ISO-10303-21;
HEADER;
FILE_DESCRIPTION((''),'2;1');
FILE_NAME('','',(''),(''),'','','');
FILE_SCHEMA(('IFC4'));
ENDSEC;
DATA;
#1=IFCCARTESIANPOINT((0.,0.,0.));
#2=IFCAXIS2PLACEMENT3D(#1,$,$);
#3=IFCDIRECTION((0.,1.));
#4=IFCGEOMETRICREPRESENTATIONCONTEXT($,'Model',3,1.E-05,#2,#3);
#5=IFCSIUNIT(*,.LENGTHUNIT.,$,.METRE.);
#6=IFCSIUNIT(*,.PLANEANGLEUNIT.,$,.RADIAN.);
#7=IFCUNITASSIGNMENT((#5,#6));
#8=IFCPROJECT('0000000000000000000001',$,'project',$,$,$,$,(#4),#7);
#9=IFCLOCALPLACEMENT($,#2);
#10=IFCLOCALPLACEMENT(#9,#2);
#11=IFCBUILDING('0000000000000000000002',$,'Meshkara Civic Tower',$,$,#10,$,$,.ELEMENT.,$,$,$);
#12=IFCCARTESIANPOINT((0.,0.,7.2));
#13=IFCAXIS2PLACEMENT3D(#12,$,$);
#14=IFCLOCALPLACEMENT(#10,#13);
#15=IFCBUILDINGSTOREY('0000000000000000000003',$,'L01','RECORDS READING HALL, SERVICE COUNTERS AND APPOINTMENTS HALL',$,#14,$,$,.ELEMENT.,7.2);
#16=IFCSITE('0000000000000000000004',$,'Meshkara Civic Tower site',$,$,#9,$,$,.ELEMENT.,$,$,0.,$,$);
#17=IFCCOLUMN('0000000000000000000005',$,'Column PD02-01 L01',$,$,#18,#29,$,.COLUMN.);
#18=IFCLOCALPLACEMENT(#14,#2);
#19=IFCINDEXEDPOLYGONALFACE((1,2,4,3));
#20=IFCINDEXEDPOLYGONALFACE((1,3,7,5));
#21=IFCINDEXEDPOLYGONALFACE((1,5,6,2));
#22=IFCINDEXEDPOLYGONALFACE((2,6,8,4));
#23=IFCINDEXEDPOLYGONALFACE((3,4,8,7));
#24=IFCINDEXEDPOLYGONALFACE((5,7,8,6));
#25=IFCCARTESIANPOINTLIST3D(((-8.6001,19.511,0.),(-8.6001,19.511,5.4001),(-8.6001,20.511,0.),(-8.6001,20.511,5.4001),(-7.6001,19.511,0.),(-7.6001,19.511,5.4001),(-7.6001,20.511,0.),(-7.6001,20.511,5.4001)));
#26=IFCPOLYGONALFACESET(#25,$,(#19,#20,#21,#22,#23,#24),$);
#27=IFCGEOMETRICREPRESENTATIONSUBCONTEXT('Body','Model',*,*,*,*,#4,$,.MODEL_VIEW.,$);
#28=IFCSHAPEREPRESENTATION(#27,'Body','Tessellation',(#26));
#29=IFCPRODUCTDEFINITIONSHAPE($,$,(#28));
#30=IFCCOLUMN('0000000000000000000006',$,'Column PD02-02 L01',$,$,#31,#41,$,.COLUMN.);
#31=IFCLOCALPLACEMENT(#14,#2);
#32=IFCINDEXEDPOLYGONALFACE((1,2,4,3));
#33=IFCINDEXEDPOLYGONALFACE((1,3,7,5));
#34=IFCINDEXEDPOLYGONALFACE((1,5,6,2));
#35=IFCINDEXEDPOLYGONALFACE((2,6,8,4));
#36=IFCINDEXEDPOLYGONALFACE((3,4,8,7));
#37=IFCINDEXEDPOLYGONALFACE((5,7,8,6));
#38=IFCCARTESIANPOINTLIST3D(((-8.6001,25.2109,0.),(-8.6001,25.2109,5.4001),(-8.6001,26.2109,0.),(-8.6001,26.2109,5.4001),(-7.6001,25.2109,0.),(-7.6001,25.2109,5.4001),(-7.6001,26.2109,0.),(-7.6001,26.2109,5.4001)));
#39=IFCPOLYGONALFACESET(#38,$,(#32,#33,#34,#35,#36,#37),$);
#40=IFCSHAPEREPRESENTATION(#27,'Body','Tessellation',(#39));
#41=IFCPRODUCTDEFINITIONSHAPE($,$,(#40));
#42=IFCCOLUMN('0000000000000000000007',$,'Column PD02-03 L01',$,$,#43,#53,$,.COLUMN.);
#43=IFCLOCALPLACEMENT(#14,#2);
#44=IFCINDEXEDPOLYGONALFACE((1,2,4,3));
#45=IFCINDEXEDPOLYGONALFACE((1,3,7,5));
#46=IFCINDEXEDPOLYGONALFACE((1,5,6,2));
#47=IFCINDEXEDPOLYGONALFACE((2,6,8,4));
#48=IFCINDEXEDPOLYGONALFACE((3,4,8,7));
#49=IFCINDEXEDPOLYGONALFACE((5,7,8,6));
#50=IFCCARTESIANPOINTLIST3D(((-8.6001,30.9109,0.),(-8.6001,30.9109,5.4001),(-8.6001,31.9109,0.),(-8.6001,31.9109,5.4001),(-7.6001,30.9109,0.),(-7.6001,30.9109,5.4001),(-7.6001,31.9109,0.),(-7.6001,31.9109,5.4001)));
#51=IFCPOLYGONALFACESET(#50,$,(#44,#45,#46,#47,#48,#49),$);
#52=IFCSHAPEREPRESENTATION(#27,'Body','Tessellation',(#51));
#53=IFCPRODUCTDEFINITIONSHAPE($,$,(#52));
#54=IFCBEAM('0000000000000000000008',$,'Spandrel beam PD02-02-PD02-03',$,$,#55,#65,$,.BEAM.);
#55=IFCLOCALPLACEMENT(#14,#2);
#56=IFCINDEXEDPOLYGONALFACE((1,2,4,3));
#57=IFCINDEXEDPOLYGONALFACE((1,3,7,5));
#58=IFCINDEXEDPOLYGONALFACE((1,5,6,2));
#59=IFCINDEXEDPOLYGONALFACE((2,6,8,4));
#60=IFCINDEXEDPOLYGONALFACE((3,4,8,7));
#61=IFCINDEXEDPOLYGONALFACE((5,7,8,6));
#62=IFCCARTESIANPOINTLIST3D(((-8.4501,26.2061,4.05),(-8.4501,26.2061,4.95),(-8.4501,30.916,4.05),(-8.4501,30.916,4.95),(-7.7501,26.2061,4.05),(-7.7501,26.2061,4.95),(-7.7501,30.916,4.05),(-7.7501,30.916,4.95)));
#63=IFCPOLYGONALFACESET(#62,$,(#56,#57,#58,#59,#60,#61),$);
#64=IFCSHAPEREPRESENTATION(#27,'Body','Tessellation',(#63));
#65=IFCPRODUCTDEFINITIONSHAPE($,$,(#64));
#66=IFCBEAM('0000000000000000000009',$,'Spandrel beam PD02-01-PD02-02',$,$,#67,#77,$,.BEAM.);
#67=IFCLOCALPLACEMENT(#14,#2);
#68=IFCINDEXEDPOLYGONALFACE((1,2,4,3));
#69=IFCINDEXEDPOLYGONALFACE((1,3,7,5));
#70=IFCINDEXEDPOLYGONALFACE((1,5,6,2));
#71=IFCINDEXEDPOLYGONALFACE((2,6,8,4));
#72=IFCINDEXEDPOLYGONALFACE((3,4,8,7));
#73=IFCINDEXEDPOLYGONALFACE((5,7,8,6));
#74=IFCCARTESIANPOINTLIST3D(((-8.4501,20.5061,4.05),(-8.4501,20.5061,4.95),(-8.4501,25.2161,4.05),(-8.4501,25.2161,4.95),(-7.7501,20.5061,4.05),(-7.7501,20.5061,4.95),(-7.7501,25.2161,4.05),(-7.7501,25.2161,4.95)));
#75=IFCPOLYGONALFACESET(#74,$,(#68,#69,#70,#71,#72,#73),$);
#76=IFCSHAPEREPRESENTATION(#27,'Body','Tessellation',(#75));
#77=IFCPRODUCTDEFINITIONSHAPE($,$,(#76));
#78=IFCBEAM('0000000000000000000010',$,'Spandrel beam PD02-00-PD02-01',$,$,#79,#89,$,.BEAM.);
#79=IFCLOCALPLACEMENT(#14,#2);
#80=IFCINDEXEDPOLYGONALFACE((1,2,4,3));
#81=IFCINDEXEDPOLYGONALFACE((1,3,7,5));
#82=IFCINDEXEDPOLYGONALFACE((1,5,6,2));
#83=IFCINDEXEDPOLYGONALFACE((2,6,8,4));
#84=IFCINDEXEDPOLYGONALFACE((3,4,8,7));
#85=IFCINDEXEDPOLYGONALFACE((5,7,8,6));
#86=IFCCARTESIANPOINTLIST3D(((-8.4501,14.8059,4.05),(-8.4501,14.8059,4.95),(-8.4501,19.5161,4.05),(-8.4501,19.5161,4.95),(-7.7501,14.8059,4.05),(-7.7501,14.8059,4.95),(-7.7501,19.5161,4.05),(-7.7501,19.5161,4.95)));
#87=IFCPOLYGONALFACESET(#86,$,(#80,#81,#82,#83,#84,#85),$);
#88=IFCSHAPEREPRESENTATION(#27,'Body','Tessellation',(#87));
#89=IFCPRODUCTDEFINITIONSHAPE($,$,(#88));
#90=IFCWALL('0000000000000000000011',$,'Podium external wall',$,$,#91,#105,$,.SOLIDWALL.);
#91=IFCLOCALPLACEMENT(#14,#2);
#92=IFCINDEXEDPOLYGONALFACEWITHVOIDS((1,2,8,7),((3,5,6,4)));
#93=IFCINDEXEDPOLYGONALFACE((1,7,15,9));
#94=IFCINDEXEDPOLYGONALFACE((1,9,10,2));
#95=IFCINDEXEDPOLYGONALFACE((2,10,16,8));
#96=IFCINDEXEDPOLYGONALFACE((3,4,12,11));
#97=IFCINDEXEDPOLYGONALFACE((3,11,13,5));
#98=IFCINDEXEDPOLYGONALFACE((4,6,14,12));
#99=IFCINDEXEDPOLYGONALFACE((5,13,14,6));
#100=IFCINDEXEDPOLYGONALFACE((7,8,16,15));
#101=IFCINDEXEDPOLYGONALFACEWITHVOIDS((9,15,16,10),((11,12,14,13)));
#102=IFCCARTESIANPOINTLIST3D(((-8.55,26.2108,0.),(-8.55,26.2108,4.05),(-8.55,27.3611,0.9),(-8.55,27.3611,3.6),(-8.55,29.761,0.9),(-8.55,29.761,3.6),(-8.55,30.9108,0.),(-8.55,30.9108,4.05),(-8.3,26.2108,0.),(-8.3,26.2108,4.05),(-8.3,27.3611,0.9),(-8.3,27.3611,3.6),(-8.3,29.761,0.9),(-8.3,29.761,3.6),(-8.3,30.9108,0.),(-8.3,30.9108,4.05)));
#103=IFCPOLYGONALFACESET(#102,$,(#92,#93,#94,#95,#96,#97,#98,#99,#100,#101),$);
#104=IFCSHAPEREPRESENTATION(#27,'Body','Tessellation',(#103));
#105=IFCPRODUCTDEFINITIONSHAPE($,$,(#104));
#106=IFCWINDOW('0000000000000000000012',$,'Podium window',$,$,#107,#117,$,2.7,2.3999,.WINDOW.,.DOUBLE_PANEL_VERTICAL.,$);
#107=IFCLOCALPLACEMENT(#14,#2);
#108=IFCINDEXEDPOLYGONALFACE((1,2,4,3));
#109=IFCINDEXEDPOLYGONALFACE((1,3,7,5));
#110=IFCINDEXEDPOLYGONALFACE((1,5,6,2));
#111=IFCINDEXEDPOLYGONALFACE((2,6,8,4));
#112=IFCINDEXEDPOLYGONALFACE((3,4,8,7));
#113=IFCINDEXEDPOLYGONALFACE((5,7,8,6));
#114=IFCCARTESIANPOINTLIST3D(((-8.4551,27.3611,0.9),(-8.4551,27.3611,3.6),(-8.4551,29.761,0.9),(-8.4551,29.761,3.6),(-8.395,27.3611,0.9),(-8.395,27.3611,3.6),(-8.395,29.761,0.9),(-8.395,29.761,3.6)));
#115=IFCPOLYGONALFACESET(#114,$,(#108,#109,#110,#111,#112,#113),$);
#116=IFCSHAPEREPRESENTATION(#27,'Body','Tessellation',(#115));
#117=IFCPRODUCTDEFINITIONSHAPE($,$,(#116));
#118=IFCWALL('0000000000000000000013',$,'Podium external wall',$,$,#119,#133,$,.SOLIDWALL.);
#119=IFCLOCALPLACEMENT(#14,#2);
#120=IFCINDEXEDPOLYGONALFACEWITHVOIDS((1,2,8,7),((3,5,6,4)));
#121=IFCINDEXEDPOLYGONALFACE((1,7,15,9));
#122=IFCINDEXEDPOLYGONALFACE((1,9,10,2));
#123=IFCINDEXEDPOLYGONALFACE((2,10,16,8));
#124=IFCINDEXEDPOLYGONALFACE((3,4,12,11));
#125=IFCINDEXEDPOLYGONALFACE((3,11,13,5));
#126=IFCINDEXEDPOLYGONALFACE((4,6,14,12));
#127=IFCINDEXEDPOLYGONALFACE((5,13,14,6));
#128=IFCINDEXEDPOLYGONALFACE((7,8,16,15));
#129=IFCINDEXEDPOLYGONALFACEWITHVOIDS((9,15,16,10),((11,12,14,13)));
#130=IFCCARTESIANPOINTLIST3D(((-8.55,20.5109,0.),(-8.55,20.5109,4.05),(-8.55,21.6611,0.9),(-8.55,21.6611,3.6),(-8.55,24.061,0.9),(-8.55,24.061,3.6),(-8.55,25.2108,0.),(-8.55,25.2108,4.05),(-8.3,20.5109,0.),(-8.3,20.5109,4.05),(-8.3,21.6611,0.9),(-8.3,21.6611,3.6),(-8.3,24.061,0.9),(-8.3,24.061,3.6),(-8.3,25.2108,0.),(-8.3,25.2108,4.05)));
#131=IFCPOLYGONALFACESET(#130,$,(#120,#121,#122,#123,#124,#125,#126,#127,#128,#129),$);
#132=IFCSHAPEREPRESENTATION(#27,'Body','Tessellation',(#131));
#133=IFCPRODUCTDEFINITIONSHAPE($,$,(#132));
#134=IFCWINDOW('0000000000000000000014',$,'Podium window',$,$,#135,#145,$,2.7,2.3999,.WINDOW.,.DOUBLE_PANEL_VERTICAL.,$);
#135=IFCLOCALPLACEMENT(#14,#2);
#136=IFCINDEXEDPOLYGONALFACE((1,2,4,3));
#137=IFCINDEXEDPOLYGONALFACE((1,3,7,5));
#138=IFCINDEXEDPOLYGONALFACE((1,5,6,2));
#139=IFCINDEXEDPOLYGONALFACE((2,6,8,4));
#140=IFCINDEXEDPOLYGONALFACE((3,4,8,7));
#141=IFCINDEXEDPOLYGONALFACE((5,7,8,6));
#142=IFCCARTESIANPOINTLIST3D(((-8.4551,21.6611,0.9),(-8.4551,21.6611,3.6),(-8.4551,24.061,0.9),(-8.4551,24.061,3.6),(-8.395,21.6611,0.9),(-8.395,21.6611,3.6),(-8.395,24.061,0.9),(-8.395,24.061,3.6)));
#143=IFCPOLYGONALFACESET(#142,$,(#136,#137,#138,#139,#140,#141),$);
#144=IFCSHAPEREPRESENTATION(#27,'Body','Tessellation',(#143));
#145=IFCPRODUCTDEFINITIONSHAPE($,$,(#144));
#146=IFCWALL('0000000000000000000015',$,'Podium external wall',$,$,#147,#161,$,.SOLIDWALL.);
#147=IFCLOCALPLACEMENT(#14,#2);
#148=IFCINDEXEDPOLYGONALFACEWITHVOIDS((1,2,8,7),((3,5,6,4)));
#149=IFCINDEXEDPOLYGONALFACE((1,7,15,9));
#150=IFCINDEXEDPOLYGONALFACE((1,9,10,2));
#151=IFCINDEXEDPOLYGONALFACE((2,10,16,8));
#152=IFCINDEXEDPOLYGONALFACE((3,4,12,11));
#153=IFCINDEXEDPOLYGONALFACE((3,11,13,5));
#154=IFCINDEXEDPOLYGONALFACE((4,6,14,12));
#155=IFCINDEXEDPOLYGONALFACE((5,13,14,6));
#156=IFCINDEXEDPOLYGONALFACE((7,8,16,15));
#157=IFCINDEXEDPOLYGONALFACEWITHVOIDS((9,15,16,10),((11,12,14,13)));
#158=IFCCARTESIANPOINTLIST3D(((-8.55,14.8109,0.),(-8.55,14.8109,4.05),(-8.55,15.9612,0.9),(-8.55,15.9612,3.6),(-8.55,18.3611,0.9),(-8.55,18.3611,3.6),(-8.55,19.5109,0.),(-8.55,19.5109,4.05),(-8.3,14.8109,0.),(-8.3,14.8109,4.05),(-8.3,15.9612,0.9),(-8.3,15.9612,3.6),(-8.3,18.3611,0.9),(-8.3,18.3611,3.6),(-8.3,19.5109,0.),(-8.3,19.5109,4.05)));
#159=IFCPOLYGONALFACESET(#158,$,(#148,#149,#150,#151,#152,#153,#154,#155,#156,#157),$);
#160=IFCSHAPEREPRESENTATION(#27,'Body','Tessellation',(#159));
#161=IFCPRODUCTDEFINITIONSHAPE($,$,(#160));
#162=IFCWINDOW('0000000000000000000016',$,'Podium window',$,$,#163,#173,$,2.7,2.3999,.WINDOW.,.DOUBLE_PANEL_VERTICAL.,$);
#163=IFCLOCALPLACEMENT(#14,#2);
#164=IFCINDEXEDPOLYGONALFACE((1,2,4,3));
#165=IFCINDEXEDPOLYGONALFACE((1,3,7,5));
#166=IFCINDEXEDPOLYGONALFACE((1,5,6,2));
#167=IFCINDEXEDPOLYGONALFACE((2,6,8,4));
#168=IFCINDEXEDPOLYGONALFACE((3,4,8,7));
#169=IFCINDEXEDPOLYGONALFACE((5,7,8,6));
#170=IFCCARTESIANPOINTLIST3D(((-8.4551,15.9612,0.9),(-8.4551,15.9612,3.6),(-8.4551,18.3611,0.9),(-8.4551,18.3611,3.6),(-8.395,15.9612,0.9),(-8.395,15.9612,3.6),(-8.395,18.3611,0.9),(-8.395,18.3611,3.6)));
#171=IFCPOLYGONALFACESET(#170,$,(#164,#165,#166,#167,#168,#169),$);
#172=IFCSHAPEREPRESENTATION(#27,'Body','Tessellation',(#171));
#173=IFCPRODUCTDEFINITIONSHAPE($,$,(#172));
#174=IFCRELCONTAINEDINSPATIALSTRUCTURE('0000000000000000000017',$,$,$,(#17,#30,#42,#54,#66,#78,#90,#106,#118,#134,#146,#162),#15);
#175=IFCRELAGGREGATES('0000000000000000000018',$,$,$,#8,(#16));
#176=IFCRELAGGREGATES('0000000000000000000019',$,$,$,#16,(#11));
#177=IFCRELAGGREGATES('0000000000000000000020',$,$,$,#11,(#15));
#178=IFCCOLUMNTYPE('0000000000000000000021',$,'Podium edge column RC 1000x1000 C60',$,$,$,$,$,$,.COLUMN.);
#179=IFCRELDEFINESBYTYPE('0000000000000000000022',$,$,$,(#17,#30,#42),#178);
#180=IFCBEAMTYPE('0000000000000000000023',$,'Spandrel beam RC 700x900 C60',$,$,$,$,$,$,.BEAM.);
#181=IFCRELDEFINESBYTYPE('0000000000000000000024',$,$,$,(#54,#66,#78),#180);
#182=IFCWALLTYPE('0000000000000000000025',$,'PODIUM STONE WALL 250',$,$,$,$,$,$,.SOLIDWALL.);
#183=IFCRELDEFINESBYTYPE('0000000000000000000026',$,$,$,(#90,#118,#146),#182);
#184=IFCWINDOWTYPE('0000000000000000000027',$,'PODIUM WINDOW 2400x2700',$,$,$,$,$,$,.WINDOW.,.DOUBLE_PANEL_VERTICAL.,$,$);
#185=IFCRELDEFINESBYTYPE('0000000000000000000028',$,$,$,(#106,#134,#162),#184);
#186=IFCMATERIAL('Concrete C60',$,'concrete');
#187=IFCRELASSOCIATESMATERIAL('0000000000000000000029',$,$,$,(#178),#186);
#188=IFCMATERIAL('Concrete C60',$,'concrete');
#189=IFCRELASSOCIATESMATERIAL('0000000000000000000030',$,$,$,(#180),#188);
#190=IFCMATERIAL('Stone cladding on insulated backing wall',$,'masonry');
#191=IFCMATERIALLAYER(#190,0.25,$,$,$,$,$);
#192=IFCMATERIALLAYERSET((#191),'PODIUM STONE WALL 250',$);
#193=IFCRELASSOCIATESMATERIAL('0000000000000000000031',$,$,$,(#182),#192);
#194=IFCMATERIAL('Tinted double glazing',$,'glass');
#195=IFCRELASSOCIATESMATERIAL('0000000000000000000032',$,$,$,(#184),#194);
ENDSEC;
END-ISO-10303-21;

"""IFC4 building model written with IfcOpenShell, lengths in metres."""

from ifc_helpers import new_model, si_unit, direction, frame, frame_2d, origin, origin_2d, place, context, subcontext, project, spatial, rectangle, extrude, material, layer, layer_set, material_profile, profile_set, type_object, element, fill, save


model = new_model("IFC4")

# Units and contexts
model_context = context("Model", 3, precision=1e-05, world=origin(), true_north=direction((0.0, 1.0)))
body_context = subcontext(model_context, "Body", "Model", "MODEL_VIEW")
ifc_project = project(units=[si_unit("LENGTHUNIT", "METRE"), si_unit("PLANEANGLEUNIT", "RADIAN")], contexts=[model_context])

# Site, building, storey
site_placement = place(None, origin())
site = spatial("IfcSite", under=ifc_project, at=site_placement, Name="Meshkara Civic Tower site", CompositionType="ELEMENT", RefElevation=0.0)
building_placement = place(site_placement, origin())
building = spatial("IfcBuilding", under=site, at=building_placement, Name="Meshkara Civic Tower", CompositionType="ELEMENT")
storey_placement = place(building_placement, frame((0.0, 0.0, 7.2)))
storey = spatial("IfcBuildingStorey", under=building, at=storey_placement, Name="L01", Description="RECORDS READING HALL, SERVICE COUNTERS AND APPOINTMENTS HALL", CompositionType="ELEMENT", Elevation=7.2)

# Columns
ifc_material_1 = material(Name="Concrete C60", Category="concrete")
ifc_material_profile_1 = material_profile(ifc_material_1, rectangle(XDim=1.0, YDim=1.0, at=origin_2d()))
ifc_profile_set_1 = profile_set([ifc_material_profile_1], Name="Concrete C60")
column_type = type_object("IfcColumnType", Name="Podium edge column RC 1000x1000 C60", PredefinedType="COLUMN", material=ifc_profile_set_1)
for number, where, z_axis, x_axis, name in (
    (1, (-8.1001, 20.011, 0.0), (0.0, 0.0, 1.0), (1.0, 0.0, 0.0), "Column PD02-01 L01"),
    (2, (-8.1001, 25.7109, 0.0), (0.0, 0.0, 1.0), (1.0, 0.0, 0.0), "Column PD02-02 L01"),
    (3, (-8.1001, 31.4109, 0.0), (0.0, 0.0, 1.0), (1.0, 0.0, 0.0), "Column PD02-03 L01"),
):
    element("IfcColumn", number, at=place(storey_placement, frame(where, z_axis=z_axis, x_axis=x_axis)), inside=storey, type_object=column_type, Name=name, PredefinedType="COLUMN", context=body_context, shape_type="SweptSolid", body=[
        extrude(rectangle(XDim=1.0, YDim=1.0, at=origin_2d()), origin(), (0.0, 0.0, 1.0), 5.4001),
    ])

# Beams
ifc_material_2 = material(Name="Concrete C60", Category="concrete")
ifc_material_profile_2 = material_profile(ifc_material_2, rectangle(XDim=0.7, YDim=0.8999, at=origin_2d()))
ifc_profile_set_2 = profile_set([ifc_material_profile_2], Name="Concrete C60")
beam_type = type_object("IfcBeamType", Name="Spandrel beam RC 700x900 C60", PredefinedType="BEAM", material=ifc_profile_set_2)
for number, where, z_axis, x_axis, name in (
    (4, (-8.1001, 30.916, 4.5), (0.0, -1.0, 0.0), (1.0, 0.0, 0.0), "Spandrel beam PD02-02-PD02-03"),
    (5, (-8.1001, 25.2161, 4.5), (0.0, -1.0, 0.0), (1.0, 0.0, 0.0), "Spandrel beam PD02-01-PD02-02"),
):
    element("IfcBeam", number, at=place(storey_placement, frame(where, z_axis=z_axis, x_axis=x_axis)), inside=storey, type_object=beam_type, Name=name, PredefinedType="BEAM", context=body_context, shape_type="SweptSolid", body=[
        extrude(rectangle(XDim=0.7, YDim=0.8999, at=origin_2d()), origin(), (0.0, 0.0, 1.0), 4.71),
    ])
beam_placement = place(storey_placement, frame((-8.1001, 19.5161, 4.5), z_axis=(0.0, -1.0, 0.0), x_axis=(1.0, 0.0, 0.0)))
element("IfcBeam", 6, at=beam_placement, inside=storey, type_object=beam_type, Name="Spandrel beam PD02-00-PD02-01", PredefinedType="BEAM", context=body_context, shape_type="SweptSolid", body=[
    extrude(rectangle(XDim=0.7, YDim=0.8999, at=origin_2d()), origin(), (0.0, 0.0, 1.0), 4.7102),
])

# Walls, openings, windows
ifc_material_3 = material(Name="Stone cladding on insulated backing wall", Category="masonry")
ifc_layer = layer(ifc_material_3, 0.25)
ifc_layer_set = layer_set([ifc_layer], Name="PODIUM STONE WALL 250")
wall_type = type_object("IfcWallType", Name="PODIUM STONE WALL 250", PredefinedType="SOLIDWALL", material=ifc_layer_set)
wall_1_placement = place(storey_placement, frame((-8.425, 30.9109, 0.0), z_axis=(0.0, 0.0, 1.0), x_axis=(0.0, -1.0, 0.0)))
wall_1 = element("IfcWall", 7, at=wall_1_placement, inside=storey, type_object=wall_type, Name="Podium external wall", PredefinedType="SOLIDWALL", context=body_context, shape_type="SweptSolid", body=[
    extrude(rectangle(XDim=4.7, YDim=0.25, at=frame_2d((2.3501, 0.0))), origin(), (0.0, 0.0, 1.0), 4.05),
])
opening_1_placement = place(wall_1_placement, frame((1.1499, 0.0, 0.8999)))
opening_1 = element("IfcOpeningElement", 8, at=opening_1_placement, cuts=wall_1, PredefinedType="OPENING", context=body_context, shape_type="SweptSolid", body=[
    extrude(rectangle(XDim=2.3999, YDim=2.7, at=frame_2d((1.2, 1.3501))), frame((0.0, 0.135, 0.0), z_axis=(0.0, -1.0, 0.0), x_axis=(1.0, 0.0, 0.0)), (0.0, 0.0, 1.0), 0.27),
])
ifc_material_4 = material(Name="Tinted double glazing", Category="glass")
window_type = type_object("IfcWindowType", Name="PODIUM WINDOW 2400x2700", PartitioningType="DOUBLE_PANEL_VERTICAL", PredefinedType="WINDOW", material=ifc_material_4)
window_1_placement = place(opening_1_placement, origin())
window_1 = element("IfcWindow", 9, at=window_1_placement, inside=storey, type_object=window_type, Name="Podium window", OverallHeight=2.7, OverallWidth=2.3999, PartitioningType="DOUBLE_PANEL_VERTICAL", PredefinedType="WINDOW", context=body_context, shape_type="SweptSolid", body=[
    extrude(rectangle(XDim=2.3999, YDim=2.7, at=frame_2d((1.2, 1.3501))), frame((0.0, 0.03, 0.0), z_axis=(0.0, -1.0, 0.0), x_axis=(1.0, 0.0, 0.0)), (0.0, 0.0, 1.0), 0.0601),
])
fill(opening_1, window_1)
wall_2_placement = place(storey_placement, frame((-8.425, 25.2109, 0.0), z_axis=(0.0, 0.0, 1.0), x_axis=(0.0, -1.0, 0.0)))
wall_2 = element("IfcWall", 10, at=wall_2_placement, inside=storey, type_object=wall_type, Name="Podium external wall", PredefinedType="SOLIDWALL", context=body_context, shape_type="SweptSolid", body=[
    extrude(rectangle(XDim=4.7, YDim=0.25, at=frame_2d((2.3501, 0.0))), origin(), (0.0, 0.0, 1.0), 4.05),
])
opening_2_placement = place(wall_2_placement, frame((1.1499, 0.0, 0.8999)))
opening_2 = element("IfcOpeningElement", 11, at=opening_2_placement, cuts=wall_2, PredefinedType="OPENING", context=body_context, shape_type="SweptSolid", body=[
    extrude(rectangle(XDim=2.3999, YDim=2.7, at=frame_2d((1.2, 1.3501))), frame((0.0, 0.135, 0.0), z_axis=(0.0, -1.0, 0.0), x_axis=(1.0, 0.0, 0.0)), (0.0, 0.0, 1.0), 0.27),
])
window_2_placement = place(opening_2_placement, origin())
window_2 = element("IfcWindow", 12, at=window_2_placement, inside=storey, type_object=window_type, Name="Podium window", OverallHeight=2.7, OverallWidth=2.3999, PartitioningType="DOUBLE_PANEL_VERTICAL", PredefinedType="WINDOW", context=body_context, shape_type="SweptSolid", body=[
    extrude(rectangle(XDim=2.3999, YDim=2.7, at=frame_2d((1.2, 1.3501))), frame((0.0, 0.03, 0.0), z_axis=(0.0, -1.0, 0.0), x_axis=(1.0, 0.0, 0.0)), (0.0, 0.0, 1.0), 0.0601),
])
fill(opening_2, window_2)
wall_3_placement = place(storey_placement, frame((-8.425, 19.511, 0.0), z_axis=(0.0, 0.0, 1.0), x_axis=(0.0, -1.0, 0.0)))
wall_3 = element("IfcWall", 13, at=wall_3_placement, inside=storey, type_object=wall_type, Name="Podium external wall", PredefinedType="SOLIDWALL", context=body_context, shape_type="SweptSolid", body=[
    extrude(rectangle(XDim=4.7, YDim=0.25, at=frame_2d((2.3501, 0.0))), origin(), (0.0, 0.0, 1.0), 4.05),
])
opening_3_placement = place(wall_3_placement, frame((1.1499, 0.0, 0.8999)))
opening_3 = element("IfcOpeningElement", 14, at=opening_3_placement, cuts=wall_3, PredefinedType="OPENING", context=body_context, shape_type="SweptSolid", body=[
    extrude(rectangle(XDim=2.3999, YDim=2.7, at=frame_2d((1.2, 1.3501))), frame((0.0, 0.135, 0.0), z_axis=(0.0, -1.0, 0.0), x_axis=(1.0, 0.0, 0.0)), (0.0, 0.0, 1.0), 0.27),
])
window_3_placement = place(opening_3_placement, origin())
window_3 = element("IfcWindow", 15, at=window_3_placement, inside=storey, type_object=window_type, Name="Podium window", OverallHeight=2.7, OverallWidth=2.3999, PartitioningType="DOUBLE_PANEL_VERTICAL", PredefinedType="WINDOW", context=body_context, shape_type="SweptSolid", body=[
    extrude(rectangle(XDim=2.3999, YDim=2.7, at=frame_2d((1.2, 1.3501))), frame((0.0, 0.03, 0.0), z_axis=(0.0, -1.0, 0.0), x_axis=(1.0, 0.0, 0.0)), (0.0, 0.0, 1.0), 0.0601),
])
fill(opening_3, window_3)

save(model, "model.ifc")
